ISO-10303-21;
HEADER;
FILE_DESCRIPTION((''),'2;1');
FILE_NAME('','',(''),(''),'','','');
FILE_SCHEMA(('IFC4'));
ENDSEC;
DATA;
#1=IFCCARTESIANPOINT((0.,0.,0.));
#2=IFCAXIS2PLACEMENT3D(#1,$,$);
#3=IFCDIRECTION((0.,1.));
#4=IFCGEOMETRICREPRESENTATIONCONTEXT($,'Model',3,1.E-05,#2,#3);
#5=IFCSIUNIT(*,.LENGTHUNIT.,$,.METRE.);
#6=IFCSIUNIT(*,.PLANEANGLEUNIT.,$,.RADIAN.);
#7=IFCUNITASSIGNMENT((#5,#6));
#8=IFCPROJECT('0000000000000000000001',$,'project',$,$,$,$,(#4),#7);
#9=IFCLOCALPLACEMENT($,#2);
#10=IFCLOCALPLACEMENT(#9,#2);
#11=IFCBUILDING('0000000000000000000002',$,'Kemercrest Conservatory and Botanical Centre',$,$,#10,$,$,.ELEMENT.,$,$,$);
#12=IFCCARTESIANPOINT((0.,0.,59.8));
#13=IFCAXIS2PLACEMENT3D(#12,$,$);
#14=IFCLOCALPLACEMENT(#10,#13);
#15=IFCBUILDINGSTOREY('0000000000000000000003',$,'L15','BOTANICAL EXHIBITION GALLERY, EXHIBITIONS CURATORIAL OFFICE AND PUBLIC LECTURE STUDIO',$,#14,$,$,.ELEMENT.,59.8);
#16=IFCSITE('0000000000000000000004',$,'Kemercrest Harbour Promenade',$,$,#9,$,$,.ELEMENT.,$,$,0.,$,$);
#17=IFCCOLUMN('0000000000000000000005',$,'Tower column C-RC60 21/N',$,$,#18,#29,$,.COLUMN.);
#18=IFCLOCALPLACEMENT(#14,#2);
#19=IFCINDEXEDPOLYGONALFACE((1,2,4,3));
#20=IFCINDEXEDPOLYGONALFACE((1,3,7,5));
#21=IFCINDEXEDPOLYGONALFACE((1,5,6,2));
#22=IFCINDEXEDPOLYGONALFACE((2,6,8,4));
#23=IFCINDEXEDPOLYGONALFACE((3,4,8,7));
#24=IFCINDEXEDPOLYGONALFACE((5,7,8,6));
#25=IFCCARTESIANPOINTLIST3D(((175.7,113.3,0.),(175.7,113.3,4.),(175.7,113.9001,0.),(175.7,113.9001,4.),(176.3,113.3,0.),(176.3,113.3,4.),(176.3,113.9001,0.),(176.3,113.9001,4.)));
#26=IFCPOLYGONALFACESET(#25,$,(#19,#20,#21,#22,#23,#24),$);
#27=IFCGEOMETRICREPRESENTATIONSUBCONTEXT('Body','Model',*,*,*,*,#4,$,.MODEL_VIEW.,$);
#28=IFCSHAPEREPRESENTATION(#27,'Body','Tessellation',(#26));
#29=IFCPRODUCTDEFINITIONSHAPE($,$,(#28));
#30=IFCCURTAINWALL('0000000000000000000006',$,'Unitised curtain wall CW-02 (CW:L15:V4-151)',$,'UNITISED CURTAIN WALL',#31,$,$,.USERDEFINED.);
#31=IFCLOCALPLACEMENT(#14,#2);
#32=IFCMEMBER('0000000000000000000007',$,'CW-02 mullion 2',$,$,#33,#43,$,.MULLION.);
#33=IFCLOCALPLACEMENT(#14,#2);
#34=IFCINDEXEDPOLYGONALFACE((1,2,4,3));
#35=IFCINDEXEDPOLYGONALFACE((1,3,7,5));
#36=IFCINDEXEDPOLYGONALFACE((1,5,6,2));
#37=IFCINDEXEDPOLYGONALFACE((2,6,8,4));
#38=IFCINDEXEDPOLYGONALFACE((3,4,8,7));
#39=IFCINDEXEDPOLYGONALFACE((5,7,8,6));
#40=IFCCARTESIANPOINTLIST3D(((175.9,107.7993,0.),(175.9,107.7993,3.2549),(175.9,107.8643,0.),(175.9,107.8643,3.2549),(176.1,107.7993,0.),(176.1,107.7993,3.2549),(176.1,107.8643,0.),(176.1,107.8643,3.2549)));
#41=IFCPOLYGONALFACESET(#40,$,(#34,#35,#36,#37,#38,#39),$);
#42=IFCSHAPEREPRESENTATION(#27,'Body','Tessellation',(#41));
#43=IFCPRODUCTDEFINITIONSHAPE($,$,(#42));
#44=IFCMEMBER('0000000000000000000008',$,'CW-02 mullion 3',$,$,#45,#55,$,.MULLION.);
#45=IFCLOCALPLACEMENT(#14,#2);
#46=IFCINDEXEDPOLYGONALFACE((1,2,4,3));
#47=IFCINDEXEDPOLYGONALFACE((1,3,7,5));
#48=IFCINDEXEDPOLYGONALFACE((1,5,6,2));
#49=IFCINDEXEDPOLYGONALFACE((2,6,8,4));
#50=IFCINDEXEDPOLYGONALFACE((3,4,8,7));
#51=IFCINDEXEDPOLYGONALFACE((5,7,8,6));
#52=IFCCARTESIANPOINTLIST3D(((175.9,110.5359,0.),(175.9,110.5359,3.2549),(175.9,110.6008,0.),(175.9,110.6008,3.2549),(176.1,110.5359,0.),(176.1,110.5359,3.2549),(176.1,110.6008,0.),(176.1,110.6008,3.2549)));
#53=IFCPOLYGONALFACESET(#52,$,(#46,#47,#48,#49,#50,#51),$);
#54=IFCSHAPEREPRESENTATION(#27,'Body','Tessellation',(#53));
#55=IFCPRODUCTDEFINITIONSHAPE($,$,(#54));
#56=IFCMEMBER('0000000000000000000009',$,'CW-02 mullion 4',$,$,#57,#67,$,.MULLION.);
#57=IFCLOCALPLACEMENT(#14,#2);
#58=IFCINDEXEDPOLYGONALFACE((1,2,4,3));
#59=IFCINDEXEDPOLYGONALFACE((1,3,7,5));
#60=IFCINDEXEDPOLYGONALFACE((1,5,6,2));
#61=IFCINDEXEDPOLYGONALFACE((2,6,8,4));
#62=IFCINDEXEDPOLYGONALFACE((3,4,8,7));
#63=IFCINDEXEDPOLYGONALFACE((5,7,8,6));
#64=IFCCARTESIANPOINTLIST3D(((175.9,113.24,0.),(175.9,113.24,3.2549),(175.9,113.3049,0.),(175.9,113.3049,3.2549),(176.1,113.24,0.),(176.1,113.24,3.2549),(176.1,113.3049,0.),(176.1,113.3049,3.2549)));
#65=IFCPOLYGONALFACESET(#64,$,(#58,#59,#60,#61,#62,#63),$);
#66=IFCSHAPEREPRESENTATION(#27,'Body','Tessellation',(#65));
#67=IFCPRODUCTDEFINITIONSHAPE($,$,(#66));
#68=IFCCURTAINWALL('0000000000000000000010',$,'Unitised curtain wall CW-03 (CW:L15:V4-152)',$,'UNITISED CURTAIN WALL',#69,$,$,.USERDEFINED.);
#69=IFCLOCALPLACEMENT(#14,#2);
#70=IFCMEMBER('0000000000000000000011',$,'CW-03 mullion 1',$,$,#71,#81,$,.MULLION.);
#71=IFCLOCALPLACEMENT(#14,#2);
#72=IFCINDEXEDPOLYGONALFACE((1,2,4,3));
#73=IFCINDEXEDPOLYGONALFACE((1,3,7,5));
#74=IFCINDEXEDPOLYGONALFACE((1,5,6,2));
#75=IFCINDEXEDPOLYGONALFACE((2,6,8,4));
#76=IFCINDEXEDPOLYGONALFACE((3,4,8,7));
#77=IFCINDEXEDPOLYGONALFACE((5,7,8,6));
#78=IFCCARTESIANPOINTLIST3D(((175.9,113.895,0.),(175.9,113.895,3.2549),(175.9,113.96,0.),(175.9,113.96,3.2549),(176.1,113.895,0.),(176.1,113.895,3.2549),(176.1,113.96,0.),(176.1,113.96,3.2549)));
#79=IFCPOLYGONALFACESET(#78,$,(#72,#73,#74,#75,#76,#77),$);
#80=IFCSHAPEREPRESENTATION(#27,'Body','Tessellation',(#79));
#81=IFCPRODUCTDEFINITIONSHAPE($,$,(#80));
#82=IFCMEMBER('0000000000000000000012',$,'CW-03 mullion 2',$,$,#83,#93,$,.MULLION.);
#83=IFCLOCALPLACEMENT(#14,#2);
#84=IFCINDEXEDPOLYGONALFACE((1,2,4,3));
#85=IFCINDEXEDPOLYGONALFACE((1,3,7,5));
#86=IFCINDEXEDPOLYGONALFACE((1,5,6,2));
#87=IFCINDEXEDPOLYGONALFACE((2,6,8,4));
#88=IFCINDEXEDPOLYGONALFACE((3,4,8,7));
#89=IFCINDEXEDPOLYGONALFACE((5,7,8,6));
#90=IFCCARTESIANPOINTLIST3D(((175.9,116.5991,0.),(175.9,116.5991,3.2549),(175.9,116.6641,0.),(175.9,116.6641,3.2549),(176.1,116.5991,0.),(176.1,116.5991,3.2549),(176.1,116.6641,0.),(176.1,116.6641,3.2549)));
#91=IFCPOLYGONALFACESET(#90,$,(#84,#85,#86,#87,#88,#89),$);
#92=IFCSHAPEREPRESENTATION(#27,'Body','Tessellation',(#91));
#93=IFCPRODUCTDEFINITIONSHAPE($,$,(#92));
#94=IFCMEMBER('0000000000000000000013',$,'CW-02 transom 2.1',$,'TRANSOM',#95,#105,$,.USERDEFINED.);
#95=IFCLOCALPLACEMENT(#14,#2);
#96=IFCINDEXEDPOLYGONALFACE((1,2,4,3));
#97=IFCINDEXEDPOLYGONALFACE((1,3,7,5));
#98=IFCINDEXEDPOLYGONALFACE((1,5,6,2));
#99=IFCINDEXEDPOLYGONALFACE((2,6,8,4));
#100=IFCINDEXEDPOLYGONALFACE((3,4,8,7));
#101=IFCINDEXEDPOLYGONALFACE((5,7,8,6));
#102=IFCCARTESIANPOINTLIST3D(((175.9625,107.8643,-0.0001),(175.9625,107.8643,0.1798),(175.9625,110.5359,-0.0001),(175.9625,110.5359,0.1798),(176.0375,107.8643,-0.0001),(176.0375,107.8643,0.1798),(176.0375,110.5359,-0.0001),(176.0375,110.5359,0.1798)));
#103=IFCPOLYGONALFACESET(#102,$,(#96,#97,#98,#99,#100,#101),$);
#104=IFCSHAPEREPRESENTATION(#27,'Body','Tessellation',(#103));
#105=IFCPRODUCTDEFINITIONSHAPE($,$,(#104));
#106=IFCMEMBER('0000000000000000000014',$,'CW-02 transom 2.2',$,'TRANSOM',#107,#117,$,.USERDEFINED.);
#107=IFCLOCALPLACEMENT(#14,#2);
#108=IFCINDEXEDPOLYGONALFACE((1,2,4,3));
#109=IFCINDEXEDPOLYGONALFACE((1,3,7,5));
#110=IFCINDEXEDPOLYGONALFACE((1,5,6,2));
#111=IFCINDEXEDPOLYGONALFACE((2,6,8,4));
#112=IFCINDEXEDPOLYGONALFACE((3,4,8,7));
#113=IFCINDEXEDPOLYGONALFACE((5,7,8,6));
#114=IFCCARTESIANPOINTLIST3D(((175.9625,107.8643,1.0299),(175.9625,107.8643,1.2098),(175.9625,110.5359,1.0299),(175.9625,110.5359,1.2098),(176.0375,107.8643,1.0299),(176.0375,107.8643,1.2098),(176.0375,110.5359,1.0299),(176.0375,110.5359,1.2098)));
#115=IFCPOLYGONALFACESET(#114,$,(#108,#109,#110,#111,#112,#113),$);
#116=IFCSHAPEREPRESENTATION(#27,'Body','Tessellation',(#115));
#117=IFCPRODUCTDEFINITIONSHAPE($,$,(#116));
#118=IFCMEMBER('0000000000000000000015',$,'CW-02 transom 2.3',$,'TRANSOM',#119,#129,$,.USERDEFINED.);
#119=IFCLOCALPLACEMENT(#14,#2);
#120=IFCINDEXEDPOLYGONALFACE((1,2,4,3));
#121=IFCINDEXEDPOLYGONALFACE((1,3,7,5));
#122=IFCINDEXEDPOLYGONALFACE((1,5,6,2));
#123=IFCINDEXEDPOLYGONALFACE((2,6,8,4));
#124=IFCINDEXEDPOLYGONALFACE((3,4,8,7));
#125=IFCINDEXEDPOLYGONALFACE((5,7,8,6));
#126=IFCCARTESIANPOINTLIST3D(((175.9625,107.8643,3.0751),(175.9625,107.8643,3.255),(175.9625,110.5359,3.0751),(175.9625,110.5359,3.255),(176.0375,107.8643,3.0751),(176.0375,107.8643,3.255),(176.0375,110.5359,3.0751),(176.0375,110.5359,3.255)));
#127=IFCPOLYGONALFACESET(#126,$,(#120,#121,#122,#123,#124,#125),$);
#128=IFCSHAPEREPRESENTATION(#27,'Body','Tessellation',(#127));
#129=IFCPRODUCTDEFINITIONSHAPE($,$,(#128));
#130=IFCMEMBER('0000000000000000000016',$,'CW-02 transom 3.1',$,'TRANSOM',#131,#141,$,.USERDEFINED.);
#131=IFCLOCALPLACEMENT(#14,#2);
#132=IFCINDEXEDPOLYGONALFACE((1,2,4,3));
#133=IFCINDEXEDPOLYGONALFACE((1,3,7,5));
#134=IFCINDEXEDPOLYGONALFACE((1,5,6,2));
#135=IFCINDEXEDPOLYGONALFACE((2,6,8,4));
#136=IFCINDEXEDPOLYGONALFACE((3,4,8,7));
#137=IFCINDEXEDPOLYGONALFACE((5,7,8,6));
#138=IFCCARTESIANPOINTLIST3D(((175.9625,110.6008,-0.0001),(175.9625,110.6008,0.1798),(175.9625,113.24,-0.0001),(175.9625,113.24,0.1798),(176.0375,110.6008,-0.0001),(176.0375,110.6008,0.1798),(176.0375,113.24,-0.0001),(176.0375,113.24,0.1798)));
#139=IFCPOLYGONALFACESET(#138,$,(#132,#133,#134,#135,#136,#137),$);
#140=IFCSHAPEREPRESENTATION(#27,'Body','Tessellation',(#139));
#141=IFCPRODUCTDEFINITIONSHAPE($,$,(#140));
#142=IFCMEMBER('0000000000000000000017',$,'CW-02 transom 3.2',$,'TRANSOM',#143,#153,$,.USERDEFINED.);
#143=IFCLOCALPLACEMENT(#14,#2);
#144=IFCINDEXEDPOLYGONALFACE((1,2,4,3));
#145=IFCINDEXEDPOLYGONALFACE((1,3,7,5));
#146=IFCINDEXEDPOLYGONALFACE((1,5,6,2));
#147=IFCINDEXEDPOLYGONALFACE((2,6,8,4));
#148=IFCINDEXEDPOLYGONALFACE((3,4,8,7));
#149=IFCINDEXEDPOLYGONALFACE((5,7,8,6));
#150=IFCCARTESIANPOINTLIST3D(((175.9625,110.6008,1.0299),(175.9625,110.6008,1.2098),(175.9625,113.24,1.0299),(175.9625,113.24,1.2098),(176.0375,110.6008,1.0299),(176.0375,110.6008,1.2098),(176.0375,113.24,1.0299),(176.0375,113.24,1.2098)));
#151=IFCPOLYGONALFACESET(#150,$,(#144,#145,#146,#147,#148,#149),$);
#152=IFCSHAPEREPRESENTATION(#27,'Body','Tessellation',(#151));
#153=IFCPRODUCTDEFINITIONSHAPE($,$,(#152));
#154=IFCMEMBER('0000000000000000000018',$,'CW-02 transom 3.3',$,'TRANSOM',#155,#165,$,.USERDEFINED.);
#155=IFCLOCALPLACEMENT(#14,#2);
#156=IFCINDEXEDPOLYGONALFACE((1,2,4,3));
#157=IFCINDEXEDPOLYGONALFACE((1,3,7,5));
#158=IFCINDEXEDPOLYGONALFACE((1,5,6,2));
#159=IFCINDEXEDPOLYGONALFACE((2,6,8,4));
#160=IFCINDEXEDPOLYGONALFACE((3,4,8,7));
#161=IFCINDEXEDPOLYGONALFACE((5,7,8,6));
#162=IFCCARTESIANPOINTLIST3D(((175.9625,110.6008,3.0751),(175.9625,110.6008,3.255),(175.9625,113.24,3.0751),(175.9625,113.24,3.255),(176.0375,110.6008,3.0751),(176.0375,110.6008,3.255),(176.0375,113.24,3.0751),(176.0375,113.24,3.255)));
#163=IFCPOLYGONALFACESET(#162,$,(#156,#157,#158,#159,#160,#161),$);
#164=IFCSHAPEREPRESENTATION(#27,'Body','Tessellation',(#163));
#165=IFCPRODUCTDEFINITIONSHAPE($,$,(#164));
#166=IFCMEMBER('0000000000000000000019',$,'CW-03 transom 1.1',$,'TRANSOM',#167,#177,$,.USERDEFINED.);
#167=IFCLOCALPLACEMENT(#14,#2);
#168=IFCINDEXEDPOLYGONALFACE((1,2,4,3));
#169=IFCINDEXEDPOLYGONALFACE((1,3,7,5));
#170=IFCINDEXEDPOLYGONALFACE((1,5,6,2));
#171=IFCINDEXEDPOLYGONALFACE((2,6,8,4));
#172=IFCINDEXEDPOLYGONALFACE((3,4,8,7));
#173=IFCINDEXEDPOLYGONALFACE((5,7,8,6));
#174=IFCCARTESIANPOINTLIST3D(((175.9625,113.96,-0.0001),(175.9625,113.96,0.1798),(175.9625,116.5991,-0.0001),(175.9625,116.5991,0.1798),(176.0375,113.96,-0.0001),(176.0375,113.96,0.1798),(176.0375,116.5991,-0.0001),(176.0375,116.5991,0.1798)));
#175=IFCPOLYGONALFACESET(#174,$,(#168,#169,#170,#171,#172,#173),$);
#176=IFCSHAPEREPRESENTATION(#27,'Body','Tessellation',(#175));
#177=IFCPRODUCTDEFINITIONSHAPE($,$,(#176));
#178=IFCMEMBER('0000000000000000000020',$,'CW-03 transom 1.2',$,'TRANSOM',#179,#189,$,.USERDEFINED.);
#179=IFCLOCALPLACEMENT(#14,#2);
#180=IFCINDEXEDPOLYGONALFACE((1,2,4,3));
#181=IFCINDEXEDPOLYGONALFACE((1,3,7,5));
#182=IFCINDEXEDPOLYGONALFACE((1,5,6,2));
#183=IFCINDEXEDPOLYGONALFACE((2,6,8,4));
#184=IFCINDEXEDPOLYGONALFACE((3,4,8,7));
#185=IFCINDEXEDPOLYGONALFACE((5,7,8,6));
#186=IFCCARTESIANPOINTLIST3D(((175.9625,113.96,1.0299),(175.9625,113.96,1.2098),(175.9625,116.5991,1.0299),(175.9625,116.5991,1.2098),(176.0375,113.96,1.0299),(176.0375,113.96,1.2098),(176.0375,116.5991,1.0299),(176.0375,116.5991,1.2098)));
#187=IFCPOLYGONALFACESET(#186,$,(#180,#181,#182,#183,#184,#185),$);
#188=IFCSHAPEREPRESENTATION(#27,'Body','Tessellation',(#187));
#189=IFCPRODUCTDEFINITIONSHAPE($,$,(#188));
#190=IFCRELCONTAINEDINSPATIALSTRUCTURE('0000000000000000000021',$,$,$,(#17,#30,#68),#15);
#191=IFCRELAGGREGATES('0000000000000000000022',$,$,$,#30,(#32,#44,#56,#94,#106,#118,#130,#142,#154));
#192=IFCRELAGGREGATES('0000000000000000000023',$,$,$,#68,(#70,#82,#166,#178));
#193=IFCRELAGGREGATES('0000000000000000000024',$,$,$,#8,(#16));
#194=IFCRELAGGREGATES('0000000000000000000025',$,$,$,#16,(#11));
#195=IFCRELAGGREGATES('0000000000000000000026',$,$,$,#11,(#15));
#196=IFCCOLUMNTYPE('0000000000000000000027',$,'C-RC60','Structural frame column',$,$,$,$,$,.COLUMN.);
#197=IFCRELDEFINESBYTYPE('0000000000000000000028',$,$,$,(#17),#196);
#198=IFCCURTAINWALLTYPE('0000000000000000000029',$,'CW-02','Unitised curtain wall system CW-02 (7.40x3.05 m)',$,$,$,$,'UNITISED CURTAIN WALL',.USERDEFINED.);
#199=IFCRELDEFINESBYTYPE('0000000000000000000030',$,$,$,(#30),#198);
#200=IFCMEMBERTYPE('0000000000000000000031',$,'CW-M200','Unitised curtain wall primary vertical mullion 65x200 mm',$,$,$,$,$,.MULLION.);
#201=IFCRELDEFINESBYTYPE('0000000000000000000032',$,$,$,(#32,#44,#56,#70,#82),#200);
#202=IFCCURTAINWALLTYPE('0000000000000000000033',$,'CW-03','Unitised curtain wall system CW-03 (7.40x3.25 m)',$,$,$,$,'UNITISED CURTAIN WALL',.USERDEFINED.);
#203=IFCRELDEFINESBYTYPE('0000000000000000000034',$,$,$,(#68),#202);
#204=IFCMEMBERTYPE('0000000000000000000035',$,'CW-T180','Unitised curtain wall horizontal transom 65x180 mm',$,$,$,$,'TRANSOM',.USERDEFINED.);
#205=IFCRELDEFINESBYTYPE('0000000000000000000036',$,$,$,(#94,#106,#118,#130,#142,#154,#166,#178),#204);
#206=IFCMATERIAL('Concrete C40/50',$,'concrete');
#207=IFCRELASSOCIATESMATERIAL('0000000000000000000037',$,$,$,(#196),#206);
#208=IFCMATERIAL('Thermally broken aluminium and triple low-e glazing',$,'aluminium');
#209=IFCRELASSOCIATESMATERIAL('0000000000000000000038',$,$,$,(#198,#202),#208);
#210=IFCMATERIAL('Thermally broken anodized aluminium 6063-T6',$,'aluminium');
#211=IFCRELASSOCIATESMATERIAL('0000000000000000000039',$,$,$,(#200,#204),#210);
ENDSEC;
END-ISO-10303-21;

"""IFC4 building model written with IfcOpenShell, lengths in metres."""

from ifc_helpers import new_model, si_unit, direction, frame, origin, origin_2d, place, context, subcontext, project, spatial, rectangle, extrude, material, material_profile, profile_set, type_object, element, aggregate, save


model = new_model("IFC4")

# Units and contexts
model_context = context("Model", 3, precision=1e-05, world=origin(), true_north=direction((0.0, 1.0)))
body_context = subcontext(model_context, "Body", "Model", "MODEL_VIEW")
ifc_project = project(units=[si_unit("LENGTHUNIT", "METRE"), si_unit("PLANEANGLEUNIT", "RADIAN")], contexts=[model_context])

# Site, building, storey
site_placement = place(None, origin())
site = spatial("IfcSite", under=ifc_project, at=site_placement, Name="Kemercrest Harbour Promenade", CompositionType="ELEMENT", RefElevation=0.0)
building_placement = place(site_placement, origin())
building = spatial("IfcBuilding", under=site, at=building_placement, Name="Kemercrest Conservatory and Botanical Centre", CompositionType="ELEMENT")
storey_placement = place(building_placement, frame((0.0, 0.0, 59.8)))
storey = spatial("IfcBuildingStorey", under=building, at=storey_placement, Name="L15", Description="BOTANICAL EXHIBITION GALLERY, EXHIBITIONS CURATORIAL OFFICE AND PUBLIC LECTURE STUDIO", CompositionType="ELEMENT", Elevation=59.8)

# Column
ifc_material_1 = material(Name="Concrete C40/50", Category="concrete")
ifc_material_profile_1 = material_profile(ifc_material_1, rectangle(XDim=0.6001, YDim=0.6001, at=origin_2d()), Name="RC 600x600")
ifc_profile_set_1 = profile_set([ifc_material_profile_1], Name="Concrete C40/50")
column_type = type_object("IfcColumnType", Name="C-RC60", Description="Structural frame column", PredefinedType="COLUMN", material=ifc_profile_set_1)
column_placement = place(storey_placement, frame((176.0, 113.6001, 0.0), z_axis=(0.0, 0.0, 1.0), x_axis=(1.0, 0.0, 0.0)))
element("IfcColumn", 1, at=column_placement, inside=storey, type_object=column_type, Name="Tower column C-RC60 21/N", PredefinedType="COLUMN", context=body_context, shape_type="SweptSolid", body=[
    extrude(rectangle(XDim=0.6001, YDim=0.6001, at=origin_2d()), origin(), (0.0, 0.0, 1.0), 4.0),
])

# Curtain walls, members
ifc_material_2 = material(Name="Thermally broken aluminium and triple low-e glazing", Category="aluminium")
curtain_wall_type_1 = type_object("IfcCurtainWallType", Name="CW-02", Description="Unitised curtain wall system CW-02 (7.40x3.05 m)", ElementType="UNITISED CURTAIN WALL", PredefinedType="USERDEFINED", material=ifc_material_2)
curtain_wall_1_placement = place(storey_placement, origin())
curtain_wall_1 = element("IfcCurtainWall", 2, at=curtain_wall_1_placement, inside=storey, type_object=curtain_wall_type_1, Name="Unitised curtain wall CW-02 (CW:L15:V4-151)", ObjectType="UNITISED CURTAIN WALL", PredefinedType="USERDEFINED")
ifc_material_3 = material(Name="Thermally broken anodized aluminium 6063-T6", Category="aluminium")
ifc_material_profile_2 = material_profile(ifc_material_3, rectangle(XDim=0.2, YDim=0.0649, at=origin_2d()), Name="AL MULLION 65x200")
ifc_profile_set_2 = profile_set([ifc_material_profile_2], Name="Thermally broken anodized aluminium 6063-T6")
member_type_1 = type_object("IfcMemberType", Name="CW-M200", Description="Unitised curtain wall primary vertical mullion 65x200 mm", PredefinedType="MULLION", material=ifc_profile_set_2)
member_1_placement = place(storey_placement, frame((176.0, 107.8318, 0.0), z_axis=(0.0, 0.0, 1.0), x_axis=(-1.0, 0.0, 0.0)))
member_1 = element("IfcMember", 3, at=member_1_placement, type_object=member_type_1, Name="CW-02 mullion 2", PredefinedType="MULLION", context=body_context, shape_type="SweptSolid", body=[
    extrude(rectangle(XDim=0.2, YDim=0.0649, at=origin_2d()), origin(), (0.0, 0.0, 1.0), 3.2549),
])
member_2_placement = place(storey_placement, frame((176.0, 110.5684, 0.0), z_axis=(0.0, 0.0, 1.0), x_axis=(-1.0, 0.0, 0.0)))
member_2 = element("IfcMember", 4, at=member_2_placement, type_object=member_type_1, Name="CW-02 mullion 3", PredefinedType="MULLION", context=body_context, shape_type="SweptSolid", body=[
    extrude(rectangle(XDim=0.2, YDim=0.0649, at=origin_2d()), origin(), (0.0, 0.0, 1.0), 3.2549),
])
member_3_placement = place(storey_placement, frame((176.0, 113.2725, 0.0), z_axis=(0.0, 0.0, 1.0), x_axis=(-1.0, 0.0, 0.0)))
member_3 = element("IfcMember", 5, at=member_3_placement, type_object=member_type_1, Name="CW-02 mullion 4", PredefinedType="MULLION", context=body_context, shape_type="SweptSolid", body=[
    extrude(rectangle(XDim=0.2, YDim=0.0649, at=origin_2d()), origin(), (0.0, 0.0, 1.0), 3.2549),
])
curtain_wall_type_2 = type_object("IfcCurtainWallType", Name="CW-03", Description="Unitised curtain wall system CW-03 (7.40x3.25 m)", ElementType="UNITISED CURTAIN WALL", PredefinedType="USERDEFINED", material=ifc_material_2)
curtain_wall_2_placement = place(storey_placement, origin())
curtain_wall_2 = element("IfcCurtainWall", 6, at=curtain_wall_2_placement, inside=storey, type_object=curtain_wall_type_2, Name="Unitised curtain wall CW-03 (CW:L15:V4-152)", ObjectType="UNITISED CURTAIN WALL", PredefinedType="USERDEFINED")
member_4_placement = place(storey_placement, frame((176.0, 113.9275, 0.0), z_axis=(0.0, 0.0, 1.0), x_axis=(-1.0, 0.0, 0.0)))
member_4 = element("IfcMember", 7, at=member_4_placement, type_object=member_type_1, Name="CW-03 mullion 1", PredefinedType="MULLION", context=body_context, shape_type="SweptSolid", body=[
    extrude(rectangle(XDim=0.2, YDim=0.0649, at=origin_2d()), origin(), (0.0, 0.0, 1.0), 3.2549),
])
member_5_placement = place(storey_placement, frame((176.0, 116.6316, 0.0), z_axis=(0.0, 0.0, 1.0), x_axis=(-1.0, 0.0, 0.0)))
member_5 = element("IfcMember", 8, at=member_5_placement, type_object=member_type_1, Name="CW-03 mullion 2", PredefinedType="MULLION", context=body_context, shape_type="SweptSolid", body=[
    extrude(rectangle(XDim=0.2, YDim=0.0649, at=origin_2d()), origin(), (0.0, 0.0, 1.0), 3.2549),
])

# Members
ifc_material_profile_3 = material_profile(ifc_material_3, rectangle(XDim=0.075, YDim=0.1799, at=origin_2d()), Name="AL TRANSOM 75x180")
ifc_profile_set_3 = profile_set([ifc_material_profile_3], Name="Thermally broken anodized aluminium 6063-T6")
member_type_2 = type_object("IfcMemberType", Name="CW-T180", Description="Unitised curtain wall horizontal transom 65x180 mm", ElementType="TRANSOM", PredefinedType="USERDEFINED", material=ifc_profile_set_3)
member_6_placement = place(storey_placement, frame((176.0, 107.8643, 0.0898), z_axis=(0.0, 1.0, 0.0), x_axis=(-1.0, 0.0, 0.0)))
member_6 = element("IfcMember", 9, at=member_6_placement, type_object=member_type_2, Name="CW-02 transom 2.1", ObjectType="TRANSOM", PredefinedType="USERDEFINED", context=body_context, shape_type="SweptSolid", body=[
    extrude(rectangle(XDim=0.075, YDim=0.1799, at=origin_2d()), origin(), (0.0, 0.0, 1.0), 2.6716),
])
member_7_placement = place(storey_placement, frame((176.0, 107.8643, 1.1199), z_axis=(0.0, 1.0, 0.0), x_axis=(-1.0, 0.0, 0.0)))
member_7 = element("IfcMember", 10, at=member_7_placement, type_object=member_type_2, Name="CW-02 transom 2.2", ObjectType="TRANSOM", PredefinedType="USERDEFINED", context=body_context, shape_type="SweptSolid", body=[
    extrude(rectangle(XDim=0.075, YDim=0.1799, at=origin_2d()), origin(), (0.0, 0.0, 1.0), 2.6716),
])
member_8_placement = place(storey_placement, frame((176.0, 107.8643, 3.165), z_axis=(0.0, 1.0, 0.0), x_axis=(-1.0, 0.0, 0.0)))
member_8 = element("IfcMember", 11, at=member_8_placement, type_object=member_type_2, Name="CW-02 transom 2.3", ObjectType="TRANSOM", PredefinedType="USERDEFINED", context=body_context, shape_type="SweptSolid", body=[
    extrude(rectangle(XDim=0.075, YDim=0.1799, at=origin_2d()), origin(), (0.0, 0.0, 1.0), 2.6716),
])
member_9_placement = place(storey_placement, frame((176.0, 110.6008, 0.0898), z_axis=(0.0, 1.0, 0.0), x_axis=(-1.0, 0.0, 0.0)))
member_9 = element("IfcMember", 12, at=member_9_placement, type_object=member_type_2, Name="CW-02 transom 3.1", ObjectType="TRANSOM", PredefinedType="USERDEFINED", context=body_context, shape_type="SweptSolid", body=[
    extrude(rectangle(XDim=0.075, YDim=0.1799, at=origin_2d()), origin(), (0.0, 0.0, 1.0), 2.6392),
])
member_10_placement = place(storey_placement, frame((176.0, 110.6008, 1.1199), z_axis=(0.0, 1.0, 0.0), x_axis=(-1.0, 0.0, 0.0)))
member_10 = element("IfcMember", 13, at=member_10_placement, type_object=member_type_2, Name="CW-02 transom 3.2", ObjectType="TRANSOM", PredefinedType="USERDEFINED", context=body_context, shape_type="SweptSolid", body=[
    extrude(rectangle(XDim=0.075, YDim=0.1799, at=origin_2d()), origin(), (0.0, 0.0, 1.0), 2.6392),
])
member_11_placement = place(storey_placement, frame((176.0, 110.6008, 3.165), z_axis=(0.0, 1.0, 0.0), x_axis=(-1.0, 0.0, 0.0)))
member_11 = element("IfcMember", 14, at=member_11_placement, type_object=member_type_2, Name="CW-02 transom 3.3", ObjectType="TRANSOM", PredefinedType="USERDEFINED", context=body_context, shape_type="SweptSolid", body=[
    extrude(rectangle(XDim=0.075, YDim=0.1799, at=origin_2d()), origin(), (0.0, 0.0, 1.0), 2.6392),
])
member_12_placement = place(storey_placement, frame((176.0, 113.96, 0.0898), z_axis=(0.0, 1.0, 0.0), x_axis=(-1.0, 0.0, 0.0)))
member_12 = element("IfcMember", 15, at=member_12_placement, type_object=member_type_2, Name="CW-03 transom 1.1", ObjectType="TRANSOM", PredefinedType="USERDEFINED", context=body_context, shape_type="SweptSolid", body=[
    extrude(rectangle(XDim=0.075, YDim=0.1799, at=origin_2d()), origin(), (0.0, 0.0, 1.0), 2.6392),
])
member_13_placement = place(storey_placement, frame((176.0, 113.96, 1.1199), z_axis=(0.0, 1.0, 0.0), x_axis=(-1.0, 0.0, 0.0)))
member_13 = element("IfcMember", 16, at=member_13_placement, type_object=member_type_2, Name="CW-03 transom 1.2", ObjectType="TRANSOM", PredefinedType="USERDEFINED", context=body_context, shape_type="SweptSolid", body=[
    extrude(rectangle(XDim=0.075, YDim=0.1799, at=origin_2d()), origin(), (0.0, 0.0, 1.0), 2.6392),
])

aggregate(curtain_wall_1, [member_1, member_2, member_3, member_6, member_7, member_8, member_9, member_10, member_11])
aggregate(curtain_wall_2, [member_4, member_5, member_12, member_13])

save(model, "model.ifc")
